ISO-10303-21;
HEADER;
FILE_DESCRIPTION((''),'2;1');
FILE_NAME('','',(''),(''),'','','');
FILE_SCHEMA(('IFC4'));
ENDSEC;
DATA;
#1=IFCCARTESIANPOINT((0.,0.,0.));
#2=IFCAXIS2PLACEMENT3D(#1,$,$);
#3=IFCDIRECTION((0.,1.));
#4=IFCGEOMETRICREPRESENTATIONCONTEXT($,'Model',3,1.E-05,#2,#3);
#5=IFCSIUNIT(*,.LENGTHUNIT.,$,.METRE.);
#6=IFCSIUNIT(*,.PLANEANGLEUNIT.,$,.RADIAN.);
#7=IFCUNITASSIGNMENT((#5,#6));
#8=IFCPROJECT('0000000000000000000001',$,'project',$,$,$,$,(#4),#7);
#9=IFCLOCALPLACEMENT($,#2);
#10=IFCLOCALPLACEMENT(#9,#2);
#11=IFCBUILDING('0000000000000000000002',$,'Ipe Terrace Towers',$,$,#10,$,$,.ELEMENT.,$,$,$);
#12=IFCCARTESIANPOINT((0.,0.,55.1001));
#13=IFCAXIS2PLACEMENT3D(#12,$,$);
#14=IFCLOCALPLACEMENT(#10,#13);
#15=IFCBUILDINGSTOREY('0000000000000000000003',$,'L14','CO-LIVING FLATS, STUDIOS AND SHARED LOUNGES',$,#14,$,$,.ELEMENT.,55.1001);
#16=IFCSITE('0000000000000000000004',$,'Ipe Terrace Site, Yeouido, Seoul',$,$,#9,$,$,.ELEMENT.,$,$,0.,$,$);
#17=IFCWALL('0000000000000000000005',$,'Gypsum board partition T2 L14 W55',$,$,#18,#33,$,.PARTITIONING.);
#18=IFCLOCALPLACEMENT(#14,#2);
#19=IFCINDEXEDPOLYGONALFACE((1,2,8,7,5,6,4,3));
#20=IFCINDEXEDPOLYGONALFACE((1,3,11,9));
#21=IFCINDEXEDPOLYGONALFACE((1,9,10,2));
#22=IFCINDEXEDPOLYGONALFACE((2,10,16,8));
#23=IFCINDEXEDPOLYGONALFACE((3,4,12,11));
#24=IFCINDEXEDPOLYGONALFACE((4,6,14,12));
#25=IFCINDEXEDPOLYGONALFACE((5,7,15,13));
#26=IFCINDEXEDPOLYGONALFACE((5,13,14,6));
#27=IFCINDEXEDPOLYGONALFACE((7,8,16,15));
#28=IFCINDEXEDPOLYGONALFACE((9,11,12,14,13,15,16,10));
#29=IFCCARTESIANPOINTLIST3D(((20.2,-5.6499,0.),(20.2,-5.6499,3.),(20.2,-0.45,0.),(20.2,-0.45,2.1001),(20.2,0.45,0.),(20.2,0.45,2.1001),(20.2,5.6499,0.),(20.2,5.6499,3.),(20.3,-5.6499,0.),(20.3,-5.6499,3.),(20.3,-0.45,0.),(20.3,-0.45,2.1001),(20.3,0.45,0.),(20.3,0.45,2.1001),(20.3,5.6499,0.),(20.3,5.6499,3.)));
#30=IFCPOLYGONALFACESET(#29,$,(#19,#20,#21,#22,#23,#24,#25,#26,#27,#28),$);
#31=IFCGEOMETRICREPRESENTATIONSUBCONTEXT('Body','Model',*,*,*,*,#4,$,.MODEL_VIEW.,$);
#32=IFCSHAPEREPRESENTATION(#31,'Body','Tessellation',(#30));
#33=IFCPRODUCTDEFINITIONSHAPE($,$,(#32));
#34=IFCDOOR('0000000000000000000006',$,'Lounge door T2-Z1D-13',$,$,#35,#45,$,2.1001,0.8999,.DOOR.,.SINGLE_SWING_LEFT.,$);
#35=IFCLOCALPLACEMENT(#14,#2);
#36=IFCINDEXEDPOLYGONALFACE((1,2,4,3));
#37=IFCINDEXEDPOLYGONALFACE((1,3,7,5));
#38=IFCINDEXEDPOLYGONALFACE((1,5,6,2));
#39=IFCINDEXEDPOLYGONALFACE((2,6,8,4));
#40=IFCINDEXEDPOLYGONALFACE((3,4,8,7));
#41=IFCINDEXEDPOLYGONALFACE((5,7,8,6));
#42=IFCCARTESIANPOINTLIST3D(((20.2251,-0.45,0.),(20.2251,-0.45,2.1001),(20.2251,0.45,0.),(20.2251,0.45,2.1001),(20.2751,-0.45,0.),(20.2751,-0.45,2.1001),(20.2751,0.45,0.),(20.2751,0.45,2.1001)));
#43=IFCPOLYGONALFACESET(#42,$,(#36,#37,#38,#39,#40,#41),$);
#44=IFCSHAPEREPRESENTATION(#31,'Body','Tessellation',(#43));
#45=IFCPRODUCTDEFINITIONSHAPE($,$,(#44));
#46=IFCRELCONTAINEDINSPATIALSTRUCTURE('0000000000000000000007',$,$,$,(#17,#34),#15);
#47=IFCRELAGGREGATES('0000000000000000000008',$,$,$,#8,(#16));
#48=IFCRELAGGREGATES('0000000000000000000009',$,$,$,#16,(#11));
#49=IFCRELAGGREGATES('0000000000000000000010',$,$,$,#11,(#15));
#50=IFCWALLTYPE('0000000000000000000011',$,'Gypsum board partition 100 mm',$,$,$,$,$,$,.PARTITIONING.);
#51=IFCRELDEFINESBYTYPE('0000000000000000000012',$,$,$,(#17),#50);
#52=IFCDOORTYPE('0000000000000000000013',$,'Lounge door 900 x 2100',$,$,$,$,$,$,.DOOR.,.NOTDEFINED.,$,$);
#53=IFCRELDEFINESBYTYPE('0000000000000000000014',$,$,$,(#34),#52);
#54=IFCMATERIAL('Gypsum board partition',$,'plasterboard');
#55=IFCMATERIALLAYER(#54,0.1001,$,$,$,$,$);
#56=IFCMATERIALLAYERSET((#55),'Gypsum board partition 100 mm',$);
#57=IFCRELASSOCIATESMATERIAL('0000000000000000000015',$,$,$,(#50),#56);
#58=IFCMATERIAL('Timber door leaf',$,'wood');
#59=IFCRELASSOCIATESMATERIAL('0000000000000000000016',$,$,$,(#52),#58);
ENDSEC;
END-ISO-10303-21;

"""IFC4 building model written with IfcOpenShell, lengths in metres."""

from ifc_helpers import new_model, si_unit, direction, frame, frame_2d, origin, place, context, subcontext, project, spatial, rectangle, extrude, material, layer, layer_set, type_object, element, fill, save


model = new_model("IFC4")

# Units and contexts
model_context = context("Model", 3, precision=1e-05, world=origin(), true_north=direction((0.0, 1.0)))
body_context = subcontext(model_context, "Body", "Model", "MODEL_VIEW")
ifc_project = project(units=[si_unit("LENGTHUNIT", "METRE"), si_unit("PLANEANGLEUNIT", "RADIAN")], contexts=[model_context])

# Site, building, storey
site_placement = place(None, origin())
site = spatial("IfcSite", under=ifc_project, at=site_placement, Name="Ipe Terrace Site, Yeouido, Seoul", CompositionType="ELEMENT", RefElevation=0.0)
building_placement = place(site_placement, origin())
building = spatial("IfcBuilding", under=site, at=building_placement, Name="Ipe Terrace Towers", CompositionType="ELEMENT")
storey_placement = place(building_placement, frame((0.0, 0.0, 55.1001)))
storey = spatial("IfcBuildingStorey", under=building, at=storey_placement, Name="L14", Description="CO-LIVING FLATS, STUDIOS AND SHARED LOUNGES", CompositionType="ELEMENT", Elevation=55.1001)

# Shared definitions
ifc_material_1 = material(Name="Gypsum board partition", Category="plasterboard")
ifc_layer_1 = layer(ifc_material_1, 0.1001)
ifc_layer_set_1 = layer_set([ifc_layer_1], Name="Gypsum board partition 100 mm")
wall_type_1 = type_object("IfcWallType", Name="Gypsum board partition 100 mm", PredefinedType="PARTITIONING", material=ifc_layer_set_1)

# Wall, opening, door
wall_1_placement = place(storey_placement, frame((20.25, -5.6499, 0.0), z_axis=(0.0, 0.0, 1.0), x_axis=(0.0, 1.0, 0.0)))
wall_1 = element("IfcWall", 1, at=wall_1_placement, inside=storey, type_object=wall_type_1, Name="Gypsum board partition T2 L14 W55", PredefinedType="PARTITIONING", context=body_context, shape_type="SweptSolid", body=[
    extrude(rectangle(XDim=11.2998, YDim=0.1001, at=frame_2d((5.6499, 0.0))), origin(), (0.0, 0.0, 1.0), 3.0),
])
opening_1_placement = place(wall_1_placement, frame((5.2, 0.0, 0.0)))
opening_1 = element("IfcOpeningElement", 2, at=opening_1_placement, cuts=wall_1, PredefinedType="OPENING", context=body_context, shape_type="SweptSolid", body=[
    extrude(rectangle(XDim=0.8999, YDim=2.1001, at=frame_2d((0.45, 1.05))), frame((0.0, 0.0601, 0.0), z_axis=(0.0, -1.0, 0.0), x_axis=(1.0, 0.0, 0.0)), (0.0, 0.0, 1.0), 0.1201),
])
ifc_material_2 = material(Name="Timber door leaf", Category="wood")
door_type_1 = type_object("IfcDoorType", Name="Lounge door 900 x 2100", OperationType="NOTDEFINED", PredefinedType="DOOR", material=ifc_material_2)
door_1_placement = place(opening_1_placement, origin())
door_1 = element("IfcDoor", 3, at=door_1_placement, inside=storey, type_object=door_type_1, Name="Lounge door T2-Z1D-13", OperationType="SINGLE_SWING_LEFT", OverallHeight=2.1001, OverallWidth=0.8999, PredefinedType="DOOR", context=body_context, shape_type="SweptSolid", body=[
    extrude(rectangle(XDim=0.8999, YDim=2.1001, at=frame_2d((0.45, 1.05))), frame((0.0, 0.0249, 0.0), z_axis=(0.0, -1.0, 0.0), x_axis=(1.0, 0.0, 0.0)), (0.0, 0.0, 1.0), 0.05),
])
fill(opening_1, door_1)

save(model, "model.ifc")
